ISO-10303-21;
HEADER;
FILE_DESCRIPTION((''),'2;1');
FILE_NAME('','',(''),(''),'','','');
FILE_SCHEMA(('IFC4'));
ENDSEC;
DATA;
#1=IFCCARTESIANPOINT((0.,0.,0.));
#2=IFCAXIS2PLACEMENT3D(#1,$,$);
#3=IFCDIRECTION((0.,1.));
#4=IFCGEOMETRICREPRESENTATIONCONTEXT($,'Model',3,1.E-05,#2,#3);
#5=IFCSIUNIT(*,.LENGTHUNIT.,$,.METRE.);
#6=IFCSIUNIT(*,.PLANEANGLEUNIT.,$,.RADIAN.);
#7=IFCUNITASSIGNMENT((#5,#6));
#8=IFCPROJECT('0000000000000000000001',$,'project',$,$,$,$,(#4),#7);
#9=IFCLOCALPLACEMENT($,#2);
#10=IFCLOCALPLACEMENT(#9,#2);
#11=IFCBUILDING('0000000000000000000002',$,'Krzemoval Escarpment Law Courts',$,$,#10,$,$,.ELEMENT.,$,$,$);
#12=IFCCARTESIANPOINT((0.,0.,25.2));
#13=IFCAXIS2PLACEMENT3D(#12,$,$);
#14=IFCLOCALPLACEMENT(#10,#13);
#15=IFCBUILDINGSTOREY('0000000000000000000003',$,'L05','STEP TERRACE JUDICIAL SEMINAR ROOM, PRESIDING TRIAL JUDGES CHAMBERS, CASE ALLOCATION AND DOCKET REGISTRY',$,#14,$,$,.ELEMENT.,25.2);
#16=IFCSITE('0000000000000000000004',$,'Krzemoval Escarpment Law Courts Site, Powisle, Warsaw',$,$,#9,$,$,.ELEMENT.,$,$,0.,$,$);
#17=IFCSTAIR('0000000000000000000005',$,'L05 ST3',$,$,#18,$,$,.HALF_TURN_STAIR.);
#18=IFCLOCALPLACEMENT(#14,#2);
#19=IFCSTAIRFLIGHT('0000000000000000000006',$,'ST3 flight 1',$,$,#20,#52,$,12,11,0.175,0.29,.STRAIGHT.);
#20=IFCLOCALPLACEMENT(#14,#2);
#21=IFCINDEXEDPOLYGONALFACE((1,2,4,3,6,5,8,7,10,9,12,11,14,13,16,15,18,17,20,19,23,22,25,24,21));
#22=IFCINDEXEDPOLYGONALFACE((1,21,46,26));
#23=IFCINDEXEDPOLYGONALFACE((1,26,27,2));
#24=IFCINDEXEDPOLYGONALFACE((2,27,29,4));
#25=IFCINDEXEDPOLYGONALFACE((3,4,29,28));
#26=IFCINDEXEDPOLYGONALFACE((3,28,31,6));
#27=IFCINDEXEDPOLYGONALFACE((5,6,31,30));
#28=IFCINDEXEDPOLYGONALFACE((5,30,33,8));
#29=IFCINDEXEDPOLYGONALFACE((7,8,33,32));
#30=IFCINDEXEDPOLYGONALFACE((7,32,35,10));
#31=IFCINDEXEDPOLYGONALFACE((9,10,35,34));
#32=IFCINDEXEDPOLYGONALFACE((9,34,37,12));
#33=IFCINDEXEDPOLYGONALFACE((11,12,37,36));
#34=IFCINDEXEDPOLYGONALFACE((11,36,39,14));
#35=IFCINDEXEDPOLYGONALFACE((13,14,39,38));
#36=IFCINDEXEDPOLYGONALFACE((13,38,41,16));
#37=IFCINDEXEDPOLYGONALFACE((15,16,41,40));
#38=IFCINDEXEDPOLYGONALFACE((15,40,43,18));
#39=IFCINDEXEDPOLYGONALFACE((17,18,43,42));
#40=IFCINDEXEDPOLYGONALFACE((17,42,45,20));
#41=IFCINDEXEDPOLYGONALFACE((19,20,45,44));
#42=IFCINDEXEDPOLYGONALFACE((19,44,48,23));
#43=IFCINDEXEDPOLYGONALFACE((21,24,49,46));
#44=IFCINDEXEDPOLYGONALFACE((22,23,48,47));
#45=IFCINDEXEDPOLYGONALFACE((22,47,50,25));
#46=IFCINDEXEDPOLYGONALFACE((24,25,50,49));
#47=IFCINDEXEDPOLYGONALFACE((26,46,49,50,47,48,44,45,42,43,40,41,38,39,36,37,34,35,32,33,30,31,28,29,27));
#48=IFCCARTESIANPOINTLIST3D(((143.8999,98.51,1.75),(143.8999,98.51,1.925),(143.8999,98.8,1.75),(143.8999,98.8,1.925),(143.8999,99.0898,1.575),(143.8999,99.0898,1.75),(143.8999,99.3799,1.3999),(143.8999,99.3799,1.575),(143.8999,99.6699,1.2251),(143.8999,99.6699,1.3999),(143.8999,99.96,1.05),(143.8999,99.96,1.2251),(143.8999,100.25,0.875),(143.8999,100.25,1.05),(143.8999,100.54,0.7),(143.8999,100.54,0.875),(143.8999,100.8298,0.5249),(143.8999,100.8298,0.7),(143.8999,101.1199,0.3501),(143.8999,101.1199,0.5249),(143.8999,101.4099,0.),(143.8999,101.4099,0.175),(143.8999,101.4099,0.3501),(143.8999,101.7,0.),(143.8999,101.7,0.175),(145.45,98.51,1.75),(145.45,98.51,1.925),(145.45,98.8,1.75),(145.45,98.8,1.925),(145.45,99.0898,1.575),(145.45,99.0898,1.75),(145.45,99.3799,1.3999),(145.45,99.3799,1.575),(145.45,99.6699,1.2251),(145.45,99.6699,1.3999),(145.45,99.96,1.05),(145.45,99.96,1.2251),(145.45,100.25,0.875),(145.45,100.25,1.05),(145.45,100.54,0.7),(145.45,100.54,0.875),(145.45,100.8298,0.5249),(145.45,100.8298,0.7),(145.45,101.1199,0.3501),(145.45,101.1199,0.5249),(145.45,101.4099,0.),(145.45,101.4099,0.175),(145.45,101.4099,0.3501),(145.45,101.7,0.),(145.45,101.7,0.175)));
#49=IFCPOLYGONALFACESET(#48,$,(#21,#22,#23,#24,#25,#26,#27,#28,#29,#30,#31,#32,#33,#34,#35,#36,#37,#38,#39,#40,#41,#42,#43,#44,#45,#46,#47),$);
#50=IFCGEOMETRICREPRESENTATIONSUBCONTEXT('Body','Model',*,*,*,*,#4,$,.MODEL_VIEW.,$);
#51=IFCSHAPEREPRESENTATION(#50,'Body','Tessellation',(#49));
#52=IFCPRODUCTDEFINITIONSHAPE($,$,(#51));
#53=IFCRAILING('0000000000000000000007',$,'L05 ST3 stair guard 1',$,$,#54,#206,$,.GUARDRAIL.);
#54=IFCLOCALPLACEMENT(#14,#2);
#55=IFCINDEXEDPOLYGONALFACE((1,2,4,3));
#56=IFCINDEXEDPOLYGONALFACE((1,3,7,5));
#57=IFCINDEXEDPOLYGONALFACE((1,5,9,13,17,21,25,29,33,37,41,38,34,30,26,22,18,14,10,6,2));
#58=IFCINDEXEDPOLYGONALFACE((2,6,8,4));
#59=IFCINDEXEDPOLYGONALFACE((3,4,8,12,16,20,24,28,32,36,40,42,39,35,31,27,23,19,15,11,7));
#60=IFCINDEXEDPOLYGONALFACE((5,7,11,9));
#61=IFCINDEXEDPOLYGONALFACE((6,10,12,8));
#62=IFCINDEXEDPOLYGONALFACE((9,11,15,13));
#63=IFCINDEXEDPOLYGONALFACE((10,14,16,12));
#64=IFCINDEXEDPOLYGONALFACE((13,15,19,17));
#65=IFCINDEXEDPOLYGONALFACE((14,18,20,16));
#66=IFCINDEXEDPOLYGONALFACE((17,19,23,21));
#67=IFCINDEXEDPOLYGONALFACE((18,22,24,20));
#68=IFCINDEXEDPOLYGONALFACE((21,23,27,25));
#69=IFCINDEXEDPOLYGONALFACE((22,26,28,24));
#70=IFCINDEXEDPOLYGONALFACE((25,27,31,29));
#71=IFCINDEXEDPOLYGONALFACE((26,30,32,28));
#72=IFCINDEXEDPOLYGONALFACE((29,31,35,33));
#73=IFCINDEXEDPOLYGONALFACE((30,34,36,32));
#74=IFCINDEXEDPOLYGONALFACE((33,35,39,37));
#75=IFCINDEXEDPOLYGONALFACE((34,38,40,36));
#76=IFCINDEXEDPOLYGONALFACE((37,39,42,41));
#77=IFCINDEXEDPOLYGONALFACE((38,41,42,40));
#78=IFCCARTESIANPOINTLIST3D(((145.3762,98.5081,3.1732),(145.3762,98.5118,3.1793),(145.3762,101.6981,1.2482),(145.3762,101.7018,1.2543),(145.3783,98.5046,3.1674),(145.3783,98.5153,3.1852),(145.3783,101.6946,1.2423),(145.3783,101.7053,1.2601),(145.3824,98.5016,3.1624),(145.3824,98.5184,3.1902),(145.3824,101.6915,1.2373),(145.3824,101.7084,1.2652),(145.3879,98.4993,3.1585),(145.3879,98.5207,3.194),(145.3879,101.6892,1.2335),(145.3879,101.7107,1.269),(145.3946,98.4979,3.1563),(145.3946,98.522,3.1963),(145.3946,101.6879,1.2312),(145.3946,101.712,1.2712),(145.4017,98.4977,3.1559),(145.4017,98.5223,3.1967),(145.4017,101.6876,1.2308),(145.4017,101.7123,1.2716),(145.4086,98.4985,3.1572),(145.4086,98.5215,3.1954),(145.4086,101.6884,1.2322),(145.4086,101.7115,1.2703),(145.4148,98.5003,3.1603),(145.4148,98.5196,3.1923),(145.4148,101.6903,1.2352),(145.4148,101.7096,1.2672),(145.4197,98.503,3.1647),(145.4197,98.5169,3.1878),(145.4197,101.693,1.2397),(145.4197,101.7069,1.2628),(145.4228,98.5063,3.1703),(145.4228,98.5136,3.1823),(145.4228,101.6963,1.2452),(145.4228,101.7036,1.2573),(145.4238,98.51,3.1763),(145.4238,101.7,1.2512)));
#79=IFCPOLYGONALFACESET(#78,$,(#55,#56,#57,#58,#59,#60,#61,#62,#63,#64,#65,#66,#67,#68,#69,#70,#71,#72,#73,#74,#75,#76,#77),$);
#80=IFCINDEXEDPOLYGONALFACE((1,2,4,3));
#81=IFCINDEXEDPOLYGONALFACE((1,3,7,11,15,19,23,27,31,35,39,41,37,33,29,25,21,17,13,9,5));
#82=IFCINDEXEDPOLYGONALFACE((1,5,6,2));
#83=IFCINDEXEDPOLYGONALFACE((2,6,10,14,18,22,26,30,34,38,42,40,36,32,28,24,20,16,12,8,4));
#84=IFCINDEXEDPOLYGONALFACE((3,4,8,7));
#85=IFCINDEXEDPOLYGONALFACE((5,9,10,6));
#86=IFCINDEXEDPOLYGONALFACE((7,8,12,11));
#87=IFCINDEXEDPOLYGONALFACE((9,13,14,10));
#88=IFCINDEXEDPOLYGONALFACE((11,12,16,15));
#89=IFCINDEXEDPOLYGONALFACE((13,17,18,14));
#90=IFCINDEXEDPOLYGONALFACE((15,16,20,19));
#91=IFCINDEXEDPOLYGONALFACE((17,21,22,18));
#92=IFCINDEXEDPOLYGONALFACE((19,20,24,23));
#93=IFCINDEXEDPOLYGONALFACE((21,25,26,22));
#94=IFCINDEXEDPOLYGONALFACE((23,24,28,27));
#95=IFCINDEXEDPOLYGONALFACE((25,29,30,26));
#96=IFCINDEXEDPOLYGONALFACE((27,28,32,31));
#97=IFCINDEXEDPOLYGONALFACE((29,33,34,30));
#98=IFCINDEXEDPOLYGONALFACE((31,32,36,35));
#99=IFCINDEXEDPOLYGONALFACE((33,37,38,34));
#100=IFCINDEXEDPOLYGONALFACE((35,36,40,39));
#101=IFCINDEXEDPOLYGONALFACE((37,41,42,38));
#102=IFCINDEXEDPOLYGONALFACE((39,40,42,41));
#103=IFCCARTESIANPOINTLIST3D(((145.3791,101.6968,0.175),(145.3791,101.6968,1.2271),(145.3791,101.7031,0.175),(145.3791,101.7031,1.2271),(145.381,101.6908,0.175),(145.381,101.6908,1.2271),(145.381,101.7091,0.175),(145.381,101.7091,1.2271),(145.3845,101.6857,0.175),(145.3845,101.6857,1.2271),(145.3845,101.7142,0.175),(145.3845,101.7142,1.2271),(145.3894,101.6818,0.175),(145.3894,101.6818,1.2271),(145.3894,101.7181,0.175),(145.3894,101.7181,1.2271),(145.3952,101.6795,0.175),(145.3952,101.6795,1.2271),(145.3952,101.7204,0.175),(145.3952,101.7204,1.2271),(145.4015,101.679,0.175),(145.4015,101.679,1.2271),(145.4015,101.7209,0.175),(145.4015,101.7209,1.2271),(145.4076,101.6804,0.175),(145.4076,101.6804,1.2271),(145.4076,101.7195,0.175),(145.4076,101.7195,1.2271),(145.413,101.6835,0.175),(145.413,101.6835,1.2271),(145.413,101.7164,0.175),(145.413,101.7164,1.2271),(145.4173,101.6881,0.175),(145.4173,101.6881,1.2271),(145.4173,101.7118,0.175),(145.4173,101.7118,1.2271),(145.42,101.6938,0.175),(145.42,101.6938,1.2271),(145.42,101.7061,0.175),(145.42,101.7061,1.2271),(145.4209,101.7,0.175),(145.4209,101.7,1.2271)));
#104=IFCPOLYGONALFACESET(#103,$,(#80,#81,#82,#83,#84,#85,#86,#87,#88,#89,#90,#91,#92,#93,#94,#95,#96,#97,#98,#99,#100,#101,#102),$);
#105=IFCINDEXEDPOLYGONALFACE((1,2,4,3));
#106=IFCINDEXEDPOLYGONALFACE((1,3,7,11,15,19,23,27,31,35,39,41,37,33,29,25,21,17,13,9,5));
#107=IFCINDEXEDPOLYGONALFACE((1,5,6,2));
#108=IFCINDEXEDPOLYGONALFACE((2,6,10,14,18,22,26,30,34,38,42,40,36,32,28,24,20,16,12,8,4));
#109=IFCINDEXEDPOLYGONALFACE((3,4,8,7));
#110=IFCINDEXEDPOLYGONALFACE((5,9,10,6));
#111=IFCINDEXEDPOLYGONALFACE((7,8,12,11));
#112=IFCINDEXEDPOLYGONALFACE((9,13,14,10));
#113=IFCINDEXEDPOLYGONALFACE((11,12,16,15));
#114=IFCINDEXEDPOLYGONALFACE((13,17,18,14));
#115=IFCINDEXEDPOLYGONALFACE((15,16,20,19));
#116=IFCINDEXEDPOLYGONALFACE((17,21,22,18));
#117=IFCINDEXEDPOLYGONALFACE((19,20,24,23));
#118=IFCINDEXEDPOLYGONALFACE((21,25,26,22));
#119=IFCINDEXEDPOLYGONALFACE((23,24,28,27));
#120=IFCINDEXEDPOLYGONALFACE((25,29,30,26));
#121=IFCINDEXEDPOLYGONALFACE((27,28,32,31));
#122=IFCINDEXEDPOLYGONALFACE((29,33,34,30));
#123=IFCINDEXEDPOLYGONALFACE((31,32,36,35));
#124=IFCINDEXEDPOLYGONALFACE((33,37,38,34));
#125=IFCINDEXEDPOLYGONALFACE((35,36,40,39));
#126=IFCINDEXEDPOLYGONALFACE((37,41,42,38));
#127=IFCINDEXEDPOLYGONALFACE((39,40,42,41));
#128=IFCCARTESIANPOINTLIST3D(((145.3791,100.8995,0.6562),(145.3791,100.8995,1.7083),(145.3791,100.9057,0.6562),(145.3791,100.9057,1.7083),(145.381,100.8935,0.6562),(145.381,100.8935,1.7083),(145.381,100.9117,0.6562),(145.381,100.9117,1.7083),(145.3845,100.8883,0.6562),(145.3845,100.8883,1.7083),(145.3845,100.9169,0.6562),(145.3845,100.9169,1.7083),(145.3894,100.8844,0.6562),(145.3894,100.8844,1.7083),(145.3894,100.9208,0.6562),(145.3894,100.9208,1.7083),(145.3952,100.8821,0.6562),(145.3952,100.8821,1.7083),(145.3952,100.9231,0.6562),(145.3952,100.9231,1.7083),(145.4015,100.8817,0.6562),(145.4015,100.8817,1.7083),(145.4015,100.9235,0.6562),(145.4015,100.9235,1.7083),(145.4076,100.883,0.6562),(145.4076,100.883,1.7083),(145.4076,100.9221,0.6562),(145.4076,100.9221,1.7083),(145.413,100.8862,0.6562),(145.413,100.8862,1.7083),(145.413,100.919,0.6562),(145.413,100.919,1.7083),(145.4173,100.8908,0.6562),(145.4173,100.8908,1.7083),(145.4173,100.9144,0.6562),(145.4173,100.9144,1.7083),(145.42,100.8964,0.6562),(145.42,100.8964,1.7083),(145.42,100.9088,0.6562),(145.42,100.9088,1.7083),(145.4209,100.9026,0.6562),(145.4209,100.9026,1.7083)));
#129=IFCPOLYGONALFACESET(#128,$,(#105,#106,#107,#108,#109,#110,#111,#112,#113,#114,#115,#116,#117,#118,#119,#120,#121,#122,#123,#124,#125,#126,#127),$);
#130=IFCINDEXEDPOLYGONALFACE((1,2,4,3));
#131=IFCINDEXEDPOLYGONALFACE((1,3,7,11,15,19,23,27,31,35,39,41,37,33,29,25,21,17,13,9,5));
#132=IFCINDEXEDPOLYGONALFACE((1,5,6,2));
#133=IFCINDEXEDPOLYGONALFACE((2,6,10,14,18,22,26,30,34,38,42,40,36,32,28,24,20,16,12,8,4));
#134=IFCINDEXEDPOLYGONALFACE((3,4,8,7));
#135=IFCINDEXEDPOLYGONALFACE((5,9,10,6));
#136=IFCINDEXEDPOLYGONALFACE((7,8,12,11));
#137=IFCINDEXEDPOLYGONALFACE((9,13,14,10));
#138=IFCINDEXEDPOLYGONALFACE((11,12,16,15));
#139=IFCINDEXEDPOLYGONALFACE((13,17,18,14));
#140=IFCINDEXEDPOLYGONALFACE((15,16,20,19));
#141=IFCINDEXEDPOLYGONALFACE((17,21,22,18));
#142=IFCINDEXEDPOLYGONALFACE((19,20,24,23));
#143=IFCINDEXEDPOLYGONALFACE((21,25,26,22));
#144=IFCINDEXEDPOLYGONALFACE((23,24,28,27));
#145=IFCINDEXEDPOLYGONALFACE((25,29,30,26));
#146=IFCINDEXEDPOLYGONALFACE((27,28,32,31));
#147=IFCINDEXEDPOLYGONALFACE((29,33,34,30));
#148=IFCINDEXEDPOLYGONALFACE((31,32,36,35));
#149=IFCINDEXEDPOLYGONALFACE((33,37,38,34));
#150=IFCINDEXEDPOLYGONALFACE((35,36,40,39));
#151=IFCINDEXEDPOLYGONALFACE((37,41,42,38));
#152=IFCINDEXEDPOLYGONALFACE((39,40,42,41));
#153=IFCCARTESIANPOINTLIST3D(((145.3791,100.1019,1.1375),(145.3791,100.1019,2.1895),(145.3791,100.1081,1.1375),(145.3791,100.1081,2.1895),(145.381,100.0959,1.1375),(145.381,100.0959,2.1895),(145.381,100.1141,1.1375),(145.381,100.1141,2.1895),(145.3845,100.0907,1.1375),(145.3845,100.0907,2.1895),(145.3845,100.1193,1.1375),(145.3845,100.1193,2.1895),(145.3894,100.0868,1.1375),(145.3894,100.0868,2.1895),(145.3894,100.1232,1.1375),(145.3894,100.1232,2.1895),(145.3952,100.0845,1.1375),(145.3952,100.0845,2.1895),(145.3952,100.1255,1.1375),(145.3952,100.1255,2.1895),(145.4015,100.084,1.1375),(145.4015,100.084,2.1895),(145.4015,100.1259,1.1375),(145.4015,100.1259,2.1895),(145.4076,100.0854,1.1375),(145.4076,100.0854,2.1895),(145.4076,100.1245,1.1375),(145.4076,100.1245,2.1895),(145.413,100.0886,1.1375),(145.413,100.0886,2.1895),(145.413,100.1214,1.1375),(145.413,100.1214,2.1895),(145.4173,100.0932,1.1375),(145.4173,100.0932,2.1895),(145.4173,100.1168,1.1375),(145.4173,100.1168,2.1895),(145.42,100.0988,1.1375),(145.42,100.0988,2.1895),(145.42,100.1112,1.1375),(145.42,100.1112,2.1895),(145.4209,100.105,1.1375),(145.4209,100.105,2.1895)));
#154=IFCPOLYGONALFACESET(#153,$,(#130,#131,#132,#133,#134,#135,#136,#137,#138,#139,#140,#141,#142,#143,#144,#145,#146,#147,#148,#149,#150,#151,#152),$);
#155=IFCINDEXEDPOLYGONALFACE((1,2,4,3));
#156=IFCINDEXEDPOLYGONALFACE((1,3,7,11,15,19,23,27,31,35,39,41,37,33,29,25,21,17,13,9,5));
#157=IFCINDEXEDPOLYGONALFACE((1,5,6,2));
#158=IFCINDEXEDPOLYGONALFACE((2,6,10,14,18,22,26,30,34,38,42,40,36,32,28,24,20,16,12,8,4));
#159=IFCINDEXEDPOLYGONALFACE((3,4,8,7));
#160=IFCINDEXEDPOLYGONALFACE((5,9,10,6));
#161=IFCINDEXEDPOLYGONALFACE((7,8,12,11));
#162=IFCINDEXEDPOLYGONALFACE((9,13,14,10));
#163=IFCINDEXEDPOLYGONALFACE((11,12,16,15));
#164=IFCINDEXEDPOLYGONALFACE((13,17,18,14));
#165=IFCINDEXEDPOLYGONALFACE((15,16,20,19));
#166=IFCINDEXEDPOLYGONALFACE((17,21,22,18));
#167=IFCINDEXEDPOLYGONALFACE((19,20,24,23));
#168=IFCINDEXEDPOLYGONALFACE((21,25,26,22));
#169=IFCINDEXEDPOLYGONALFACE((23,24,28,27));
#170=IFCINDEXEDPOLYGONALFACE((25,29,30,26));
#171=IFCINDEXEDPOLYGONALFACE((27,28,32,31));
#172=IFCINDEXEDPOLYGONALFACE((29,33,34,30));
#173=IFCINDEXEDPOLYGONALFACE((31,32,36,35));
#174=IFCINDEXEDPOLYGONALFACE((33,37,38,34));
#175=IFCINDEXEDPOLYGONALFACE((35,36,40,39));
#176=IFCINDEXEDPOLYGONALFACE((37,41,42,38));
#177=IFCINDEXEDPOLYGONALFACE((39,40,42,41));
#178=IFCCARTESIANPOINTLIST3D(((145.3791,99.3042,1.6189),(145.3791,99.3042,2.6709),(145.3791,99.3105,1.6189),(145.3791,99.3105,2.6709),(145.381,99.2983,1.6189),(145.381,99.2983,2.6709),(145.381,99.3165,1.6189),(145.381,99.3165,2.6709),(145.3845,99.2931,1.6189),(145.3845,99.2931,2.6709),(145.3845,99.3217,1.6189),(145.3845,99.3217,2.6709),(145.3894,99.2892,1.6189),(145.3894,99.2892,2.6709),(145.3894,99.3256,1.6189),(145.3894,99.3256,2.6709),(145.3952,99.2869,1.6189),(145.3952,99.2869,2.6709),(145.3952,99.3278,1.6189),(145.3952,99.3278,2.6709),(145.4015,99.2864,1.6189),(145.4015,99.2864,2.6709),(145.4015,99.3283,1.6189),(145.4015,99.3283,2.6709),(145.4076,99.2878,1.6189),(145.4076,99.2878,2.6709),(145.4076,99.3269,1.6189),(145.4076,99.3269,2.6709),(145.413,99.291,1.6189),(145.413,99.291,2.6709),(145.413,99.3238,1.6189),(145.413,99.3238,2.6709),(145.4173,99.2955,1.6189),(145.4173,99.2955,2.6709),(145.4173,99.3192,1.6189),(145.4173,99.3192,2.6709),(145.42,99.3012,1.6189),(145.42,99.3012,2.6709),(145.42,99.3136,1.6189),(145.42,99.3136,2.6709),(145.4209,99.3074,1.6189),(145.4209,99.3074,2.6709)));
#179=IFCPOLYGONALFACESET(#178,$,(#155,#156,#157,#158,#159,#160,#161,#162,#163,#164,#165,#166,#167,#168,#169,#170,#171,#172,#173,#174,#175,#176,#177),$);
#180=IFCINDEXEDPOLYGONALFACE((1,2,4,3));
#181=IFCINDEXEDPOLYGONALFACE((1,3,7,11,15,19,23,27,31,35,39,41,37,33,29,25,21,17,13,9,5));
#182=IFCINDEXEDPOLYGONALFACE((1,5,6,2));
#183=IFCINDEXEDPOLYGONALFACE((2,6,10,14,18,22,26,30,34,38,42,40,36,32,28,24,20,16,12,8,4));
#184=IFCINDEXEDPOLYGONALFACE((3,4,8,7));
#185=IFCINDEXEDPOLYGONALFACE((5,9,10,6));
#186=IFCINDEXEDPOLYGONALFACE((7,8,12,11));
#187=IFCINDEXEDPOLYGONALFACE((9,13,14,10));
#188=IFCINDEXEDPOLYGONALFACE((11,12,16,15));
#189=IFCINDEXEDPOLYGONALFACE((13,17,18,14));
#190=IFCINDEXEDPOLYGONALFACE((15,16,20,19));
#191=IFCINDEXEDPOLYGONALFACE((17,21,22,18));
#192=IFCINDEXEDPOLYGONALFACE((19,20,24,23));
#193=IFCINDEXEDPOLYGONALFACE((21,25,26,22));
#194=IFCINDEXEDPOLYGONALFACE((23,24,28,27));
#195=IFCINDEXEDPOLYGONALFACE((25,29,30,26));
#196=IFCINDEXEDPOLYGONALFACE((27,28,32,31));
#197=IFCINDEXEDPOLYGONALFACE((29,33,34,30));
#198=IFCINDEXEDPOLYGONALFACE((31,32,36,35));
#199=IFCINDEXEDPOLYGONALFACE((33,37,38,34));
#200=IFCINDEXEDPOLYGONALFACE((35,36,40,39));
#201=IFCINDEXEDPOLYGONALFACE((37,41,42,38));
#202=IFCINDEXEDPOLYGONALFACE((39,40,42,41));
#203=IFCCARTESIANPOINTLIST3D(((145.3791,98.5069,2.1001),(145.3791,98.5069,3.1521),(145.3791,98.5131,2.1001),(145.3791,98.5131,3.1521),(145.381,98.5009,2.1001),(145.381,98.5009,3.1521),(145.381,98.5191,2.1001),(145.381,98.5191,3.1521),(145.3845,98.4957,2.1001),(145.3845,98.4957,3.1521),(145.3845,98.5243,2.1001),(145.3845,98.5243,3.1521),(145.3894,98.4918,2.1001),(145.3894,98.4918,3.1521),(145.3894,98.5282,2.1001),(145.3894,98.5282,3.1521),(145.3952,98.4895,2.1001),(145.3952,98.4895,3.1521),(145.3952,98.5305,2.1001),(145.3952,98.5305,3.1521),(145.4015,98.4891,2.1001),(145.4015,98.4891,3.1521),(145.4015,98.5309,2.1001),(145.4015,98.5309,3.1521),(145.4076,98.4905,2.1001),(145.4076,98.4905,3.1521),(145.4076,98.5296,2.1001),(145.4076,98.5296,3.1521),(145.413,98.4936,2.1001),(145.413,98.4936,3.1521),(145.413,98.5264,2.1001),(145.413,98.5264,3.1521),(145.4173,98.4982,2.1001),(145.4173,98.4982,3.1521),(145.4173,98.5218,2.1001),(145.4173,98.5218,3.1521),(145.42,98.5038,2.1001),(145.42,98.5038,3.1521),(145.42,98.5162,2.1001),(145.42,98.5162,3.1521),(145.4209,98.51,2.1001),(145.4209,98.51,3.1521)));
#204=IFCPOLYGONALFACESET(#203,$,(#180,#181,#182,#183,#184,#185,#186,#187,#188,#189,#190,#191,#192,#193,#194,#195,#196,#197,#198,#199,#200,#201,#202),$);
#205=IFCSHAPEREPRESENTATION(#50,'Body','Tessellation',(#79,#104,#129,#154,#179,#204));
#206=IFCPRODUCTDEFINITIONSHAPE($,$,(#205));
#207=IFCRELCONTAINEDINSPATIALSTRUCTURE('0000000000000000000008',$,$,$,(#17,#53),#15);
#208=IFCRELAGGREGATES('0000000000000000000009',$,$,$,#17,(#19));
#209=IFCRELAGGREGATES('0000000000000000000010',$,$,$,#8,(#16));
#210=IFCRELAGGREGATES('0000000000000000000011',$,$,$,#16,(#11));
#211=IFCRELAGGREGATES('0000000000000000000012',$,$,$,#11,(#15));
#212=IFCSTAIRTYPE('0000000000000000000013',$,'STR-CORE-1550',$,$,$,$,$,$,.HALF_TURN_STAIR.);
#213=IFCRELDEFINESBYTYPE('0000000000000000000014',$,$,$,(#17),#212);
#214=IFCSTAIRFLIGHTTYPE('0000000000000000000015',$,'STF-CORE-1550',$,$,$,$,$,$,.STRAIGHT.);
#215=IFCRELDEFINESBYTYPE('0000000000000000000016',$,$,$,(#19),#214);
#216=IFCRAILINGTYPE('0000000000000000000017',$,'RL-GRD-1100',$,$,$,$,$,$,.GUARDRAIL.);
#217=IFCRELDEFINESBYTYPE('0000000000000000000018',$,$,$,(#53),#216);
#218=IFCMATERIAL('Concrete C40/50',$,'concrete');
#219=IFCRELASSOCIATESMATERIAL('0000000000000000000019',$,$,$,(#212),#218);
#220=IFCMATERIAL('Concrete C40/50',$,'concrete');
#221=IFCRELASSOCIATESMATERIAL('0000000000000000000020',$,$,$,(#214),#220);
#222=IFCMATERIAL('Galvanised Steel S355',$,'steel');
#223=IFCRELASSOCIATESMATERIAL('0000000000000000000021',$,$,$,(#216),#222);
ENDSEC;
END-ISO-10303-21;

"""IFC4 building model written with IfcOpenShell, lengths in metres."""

from ifc_helpers import new_model, si_unit, direction, frame, origin, origin_2d, place, context, subcontext, project, spatial, polyline, circle, outline, extrude, material, type_object, element, aggregate, save


model = new_model("IFC4")

# Units and contexts
model_context = context("Model", 3, precision=1e-05, world=origin(), true_north=direction((0.0, 1.0)))
body_context = subcontext(model_context, "Body", "Model", "MODEL_VIEW")
ifc_project = project(units=[si_unit("LENGTHUNIT", "METRE"), si_unit("PLANEANGLEUNIT", "RADIAN")], contexts=[model_context])

# Site, building, storey
site_placement = place(None, origin())
site = spatial("IfcSite", under=ifc_project, at=site_placement, Name="Krzemoval Escarpment Law Courts Site, Powisle, Warsaw", CompositionType="ELEMENT", RefElevation=0.0)
building_placement = place(site_placement, origin())
building = spatial("IfcBuilding", under=site, at=building_placement, Name="Krzemoval Escarpment Law Courts", CompositionType="ELEMENT")
storey_placement = place(building_placement, frame((0.0, 0.0, 25.2)))
storey = spatial("IfcBuildingStorey", under=building, at=storey_placement, Name="L05", Description="STEP TERRACE JUDICIAL SEMINAR ROOM, PRESIDING TRIAL JUDGES CHAMBERS, CASE ALLOCATION AND DOCKET REGISTRY", CompositionType="ELEMENT", Elevation=25.2)

# Stair, stair flight
ifc_material_1 = material(Name="Concrete C40/50", Category="concrete")
stair_type = type_object("IfcStairType", Name="STR-CORE-1550", PredefinedType="HALF_TURN_STAIR", material=ifc_material_1)
stair_placement = place(storey_placement, origin())
stair = element("IfcStair", 1, at=stair_placement, inside=storey, type_object=stair_type, Name="L05 ST3", PredefinedType="HALF_TURN_STAIR")
ifc_material_2 = material(Name="Concrete C40/50", Category="concrete")
stair_flight_type = type_object("IfcStairFlightType", Name="STF-CORE-1550", PredefinedType="STRAIGHT", material=ifc_material_2)
stair_flight_placement = place(storey_placement, frame((144.675, 101.7, 0.0), z_axis=(0.0, 0.0, 1.0), x_axis=(0.0, -1.0, 0.0)))
stair_flight = element("IfcStairFlight", 2, at=stair_flight_placement, type_object=stair_flight_type, Name="ST3 flight 1", NumberOfRisers=12, NumberOfTreads=11, PredefinedType="STRAIGHT", RiserHeight=0.175, TreadLength=0.29, context=body_context, shape_type="SweptSolid", body=[
    extrude(outline(polyline([(0.0, 0.0), (0.0, 0.175), (0.29, 0.175), (0.29, 0.3501), (0.5801, 0.3501), (0.5801, 0.5249), (0.8701, 0.5249), (0.8701, 0.7), (1.1599, 0.7), (1.1599, 0.875), (1.45, 0.875), (1.45, 1.05), (1.74, 1.05), (1.74, 1.2251), (2.03, 1.2251), (2.03, 1.3999), (2.3201, 1.3999), (2.3201, 1.575), (2.6101, 1.575), (2.6101, 1.75), (2.8999, 1.75), (2.8999, 1.925), (3.1899, 1.925), (3.1899, 2.1001), (3.1899, 1.75), (0.29, 0.0), (0.0, 0.0)])), frame((0.0, 0.7749, 0.0), z_axis=(0.0, -1.0, 0.0), x_axis=(1.0, 0.0, 0.0)), (0.0, 0.0, 1.0), 1.55),
])
aggregate(stair, [stair_flight])

# Railing
ifc_material_3 = material(Name="Galvanised Steel S355", Category="steel")
railing_type_1 = type_object("IfcRailingType", Name="RL-GRD-1100", PredefinedType="GUARDRAIL", material=ifc_material_3)
railing_1_placement = place(storey_placement, frame((145.3999, 101.7, 0.175)))
element("IfcRailing", 3, at=railing_1_placement, inside=storey, type_object=railing_type_1, Name="L05 ST3 stair guard 1", PredefinedType="GUARDRAIL", context=body_context, shape_type="SweptSolid", body=[
    extrude(circle(Radius=0.0239, at=origin_2d()), frame((0.0, 0.0, 1.0762), z_axis=(0.0, -0.856178, 0.516682), x_axis=(1.0, 0.0, 0.0)), (0.0, 0.0, 1.0), 3.7258),
    extrude(circle(Radius=0.021, at=origin_2d()), origin(), (0.0, 0.0, 1.0), 1.052),
    extrude(circle(Radius=0.021, at=origin_2d()), frame((0.0, -0.7974, 0.4812)), (0.0, 0.0, 1.0), 1.052),
    extrude(circle(Radius=0.021, at=origin_2d()), frame((0.0, -1.595, 0.9624)), (0.0, 0.0, 1.0), 1.052),
    extrude(circle(Radius=0.021, at=origin_2d()), frame((0.0, -2.3926, 1.4438)), (0.0, 0.0, 1.0), 1.052),
    extrude(circle(Radius=0.021, at=origin_2d()), frame((0.0, -3.1899, 1.925)), (0.0, 0.0, 1.0), 1.052),
])

save(model, "model.ifc")
